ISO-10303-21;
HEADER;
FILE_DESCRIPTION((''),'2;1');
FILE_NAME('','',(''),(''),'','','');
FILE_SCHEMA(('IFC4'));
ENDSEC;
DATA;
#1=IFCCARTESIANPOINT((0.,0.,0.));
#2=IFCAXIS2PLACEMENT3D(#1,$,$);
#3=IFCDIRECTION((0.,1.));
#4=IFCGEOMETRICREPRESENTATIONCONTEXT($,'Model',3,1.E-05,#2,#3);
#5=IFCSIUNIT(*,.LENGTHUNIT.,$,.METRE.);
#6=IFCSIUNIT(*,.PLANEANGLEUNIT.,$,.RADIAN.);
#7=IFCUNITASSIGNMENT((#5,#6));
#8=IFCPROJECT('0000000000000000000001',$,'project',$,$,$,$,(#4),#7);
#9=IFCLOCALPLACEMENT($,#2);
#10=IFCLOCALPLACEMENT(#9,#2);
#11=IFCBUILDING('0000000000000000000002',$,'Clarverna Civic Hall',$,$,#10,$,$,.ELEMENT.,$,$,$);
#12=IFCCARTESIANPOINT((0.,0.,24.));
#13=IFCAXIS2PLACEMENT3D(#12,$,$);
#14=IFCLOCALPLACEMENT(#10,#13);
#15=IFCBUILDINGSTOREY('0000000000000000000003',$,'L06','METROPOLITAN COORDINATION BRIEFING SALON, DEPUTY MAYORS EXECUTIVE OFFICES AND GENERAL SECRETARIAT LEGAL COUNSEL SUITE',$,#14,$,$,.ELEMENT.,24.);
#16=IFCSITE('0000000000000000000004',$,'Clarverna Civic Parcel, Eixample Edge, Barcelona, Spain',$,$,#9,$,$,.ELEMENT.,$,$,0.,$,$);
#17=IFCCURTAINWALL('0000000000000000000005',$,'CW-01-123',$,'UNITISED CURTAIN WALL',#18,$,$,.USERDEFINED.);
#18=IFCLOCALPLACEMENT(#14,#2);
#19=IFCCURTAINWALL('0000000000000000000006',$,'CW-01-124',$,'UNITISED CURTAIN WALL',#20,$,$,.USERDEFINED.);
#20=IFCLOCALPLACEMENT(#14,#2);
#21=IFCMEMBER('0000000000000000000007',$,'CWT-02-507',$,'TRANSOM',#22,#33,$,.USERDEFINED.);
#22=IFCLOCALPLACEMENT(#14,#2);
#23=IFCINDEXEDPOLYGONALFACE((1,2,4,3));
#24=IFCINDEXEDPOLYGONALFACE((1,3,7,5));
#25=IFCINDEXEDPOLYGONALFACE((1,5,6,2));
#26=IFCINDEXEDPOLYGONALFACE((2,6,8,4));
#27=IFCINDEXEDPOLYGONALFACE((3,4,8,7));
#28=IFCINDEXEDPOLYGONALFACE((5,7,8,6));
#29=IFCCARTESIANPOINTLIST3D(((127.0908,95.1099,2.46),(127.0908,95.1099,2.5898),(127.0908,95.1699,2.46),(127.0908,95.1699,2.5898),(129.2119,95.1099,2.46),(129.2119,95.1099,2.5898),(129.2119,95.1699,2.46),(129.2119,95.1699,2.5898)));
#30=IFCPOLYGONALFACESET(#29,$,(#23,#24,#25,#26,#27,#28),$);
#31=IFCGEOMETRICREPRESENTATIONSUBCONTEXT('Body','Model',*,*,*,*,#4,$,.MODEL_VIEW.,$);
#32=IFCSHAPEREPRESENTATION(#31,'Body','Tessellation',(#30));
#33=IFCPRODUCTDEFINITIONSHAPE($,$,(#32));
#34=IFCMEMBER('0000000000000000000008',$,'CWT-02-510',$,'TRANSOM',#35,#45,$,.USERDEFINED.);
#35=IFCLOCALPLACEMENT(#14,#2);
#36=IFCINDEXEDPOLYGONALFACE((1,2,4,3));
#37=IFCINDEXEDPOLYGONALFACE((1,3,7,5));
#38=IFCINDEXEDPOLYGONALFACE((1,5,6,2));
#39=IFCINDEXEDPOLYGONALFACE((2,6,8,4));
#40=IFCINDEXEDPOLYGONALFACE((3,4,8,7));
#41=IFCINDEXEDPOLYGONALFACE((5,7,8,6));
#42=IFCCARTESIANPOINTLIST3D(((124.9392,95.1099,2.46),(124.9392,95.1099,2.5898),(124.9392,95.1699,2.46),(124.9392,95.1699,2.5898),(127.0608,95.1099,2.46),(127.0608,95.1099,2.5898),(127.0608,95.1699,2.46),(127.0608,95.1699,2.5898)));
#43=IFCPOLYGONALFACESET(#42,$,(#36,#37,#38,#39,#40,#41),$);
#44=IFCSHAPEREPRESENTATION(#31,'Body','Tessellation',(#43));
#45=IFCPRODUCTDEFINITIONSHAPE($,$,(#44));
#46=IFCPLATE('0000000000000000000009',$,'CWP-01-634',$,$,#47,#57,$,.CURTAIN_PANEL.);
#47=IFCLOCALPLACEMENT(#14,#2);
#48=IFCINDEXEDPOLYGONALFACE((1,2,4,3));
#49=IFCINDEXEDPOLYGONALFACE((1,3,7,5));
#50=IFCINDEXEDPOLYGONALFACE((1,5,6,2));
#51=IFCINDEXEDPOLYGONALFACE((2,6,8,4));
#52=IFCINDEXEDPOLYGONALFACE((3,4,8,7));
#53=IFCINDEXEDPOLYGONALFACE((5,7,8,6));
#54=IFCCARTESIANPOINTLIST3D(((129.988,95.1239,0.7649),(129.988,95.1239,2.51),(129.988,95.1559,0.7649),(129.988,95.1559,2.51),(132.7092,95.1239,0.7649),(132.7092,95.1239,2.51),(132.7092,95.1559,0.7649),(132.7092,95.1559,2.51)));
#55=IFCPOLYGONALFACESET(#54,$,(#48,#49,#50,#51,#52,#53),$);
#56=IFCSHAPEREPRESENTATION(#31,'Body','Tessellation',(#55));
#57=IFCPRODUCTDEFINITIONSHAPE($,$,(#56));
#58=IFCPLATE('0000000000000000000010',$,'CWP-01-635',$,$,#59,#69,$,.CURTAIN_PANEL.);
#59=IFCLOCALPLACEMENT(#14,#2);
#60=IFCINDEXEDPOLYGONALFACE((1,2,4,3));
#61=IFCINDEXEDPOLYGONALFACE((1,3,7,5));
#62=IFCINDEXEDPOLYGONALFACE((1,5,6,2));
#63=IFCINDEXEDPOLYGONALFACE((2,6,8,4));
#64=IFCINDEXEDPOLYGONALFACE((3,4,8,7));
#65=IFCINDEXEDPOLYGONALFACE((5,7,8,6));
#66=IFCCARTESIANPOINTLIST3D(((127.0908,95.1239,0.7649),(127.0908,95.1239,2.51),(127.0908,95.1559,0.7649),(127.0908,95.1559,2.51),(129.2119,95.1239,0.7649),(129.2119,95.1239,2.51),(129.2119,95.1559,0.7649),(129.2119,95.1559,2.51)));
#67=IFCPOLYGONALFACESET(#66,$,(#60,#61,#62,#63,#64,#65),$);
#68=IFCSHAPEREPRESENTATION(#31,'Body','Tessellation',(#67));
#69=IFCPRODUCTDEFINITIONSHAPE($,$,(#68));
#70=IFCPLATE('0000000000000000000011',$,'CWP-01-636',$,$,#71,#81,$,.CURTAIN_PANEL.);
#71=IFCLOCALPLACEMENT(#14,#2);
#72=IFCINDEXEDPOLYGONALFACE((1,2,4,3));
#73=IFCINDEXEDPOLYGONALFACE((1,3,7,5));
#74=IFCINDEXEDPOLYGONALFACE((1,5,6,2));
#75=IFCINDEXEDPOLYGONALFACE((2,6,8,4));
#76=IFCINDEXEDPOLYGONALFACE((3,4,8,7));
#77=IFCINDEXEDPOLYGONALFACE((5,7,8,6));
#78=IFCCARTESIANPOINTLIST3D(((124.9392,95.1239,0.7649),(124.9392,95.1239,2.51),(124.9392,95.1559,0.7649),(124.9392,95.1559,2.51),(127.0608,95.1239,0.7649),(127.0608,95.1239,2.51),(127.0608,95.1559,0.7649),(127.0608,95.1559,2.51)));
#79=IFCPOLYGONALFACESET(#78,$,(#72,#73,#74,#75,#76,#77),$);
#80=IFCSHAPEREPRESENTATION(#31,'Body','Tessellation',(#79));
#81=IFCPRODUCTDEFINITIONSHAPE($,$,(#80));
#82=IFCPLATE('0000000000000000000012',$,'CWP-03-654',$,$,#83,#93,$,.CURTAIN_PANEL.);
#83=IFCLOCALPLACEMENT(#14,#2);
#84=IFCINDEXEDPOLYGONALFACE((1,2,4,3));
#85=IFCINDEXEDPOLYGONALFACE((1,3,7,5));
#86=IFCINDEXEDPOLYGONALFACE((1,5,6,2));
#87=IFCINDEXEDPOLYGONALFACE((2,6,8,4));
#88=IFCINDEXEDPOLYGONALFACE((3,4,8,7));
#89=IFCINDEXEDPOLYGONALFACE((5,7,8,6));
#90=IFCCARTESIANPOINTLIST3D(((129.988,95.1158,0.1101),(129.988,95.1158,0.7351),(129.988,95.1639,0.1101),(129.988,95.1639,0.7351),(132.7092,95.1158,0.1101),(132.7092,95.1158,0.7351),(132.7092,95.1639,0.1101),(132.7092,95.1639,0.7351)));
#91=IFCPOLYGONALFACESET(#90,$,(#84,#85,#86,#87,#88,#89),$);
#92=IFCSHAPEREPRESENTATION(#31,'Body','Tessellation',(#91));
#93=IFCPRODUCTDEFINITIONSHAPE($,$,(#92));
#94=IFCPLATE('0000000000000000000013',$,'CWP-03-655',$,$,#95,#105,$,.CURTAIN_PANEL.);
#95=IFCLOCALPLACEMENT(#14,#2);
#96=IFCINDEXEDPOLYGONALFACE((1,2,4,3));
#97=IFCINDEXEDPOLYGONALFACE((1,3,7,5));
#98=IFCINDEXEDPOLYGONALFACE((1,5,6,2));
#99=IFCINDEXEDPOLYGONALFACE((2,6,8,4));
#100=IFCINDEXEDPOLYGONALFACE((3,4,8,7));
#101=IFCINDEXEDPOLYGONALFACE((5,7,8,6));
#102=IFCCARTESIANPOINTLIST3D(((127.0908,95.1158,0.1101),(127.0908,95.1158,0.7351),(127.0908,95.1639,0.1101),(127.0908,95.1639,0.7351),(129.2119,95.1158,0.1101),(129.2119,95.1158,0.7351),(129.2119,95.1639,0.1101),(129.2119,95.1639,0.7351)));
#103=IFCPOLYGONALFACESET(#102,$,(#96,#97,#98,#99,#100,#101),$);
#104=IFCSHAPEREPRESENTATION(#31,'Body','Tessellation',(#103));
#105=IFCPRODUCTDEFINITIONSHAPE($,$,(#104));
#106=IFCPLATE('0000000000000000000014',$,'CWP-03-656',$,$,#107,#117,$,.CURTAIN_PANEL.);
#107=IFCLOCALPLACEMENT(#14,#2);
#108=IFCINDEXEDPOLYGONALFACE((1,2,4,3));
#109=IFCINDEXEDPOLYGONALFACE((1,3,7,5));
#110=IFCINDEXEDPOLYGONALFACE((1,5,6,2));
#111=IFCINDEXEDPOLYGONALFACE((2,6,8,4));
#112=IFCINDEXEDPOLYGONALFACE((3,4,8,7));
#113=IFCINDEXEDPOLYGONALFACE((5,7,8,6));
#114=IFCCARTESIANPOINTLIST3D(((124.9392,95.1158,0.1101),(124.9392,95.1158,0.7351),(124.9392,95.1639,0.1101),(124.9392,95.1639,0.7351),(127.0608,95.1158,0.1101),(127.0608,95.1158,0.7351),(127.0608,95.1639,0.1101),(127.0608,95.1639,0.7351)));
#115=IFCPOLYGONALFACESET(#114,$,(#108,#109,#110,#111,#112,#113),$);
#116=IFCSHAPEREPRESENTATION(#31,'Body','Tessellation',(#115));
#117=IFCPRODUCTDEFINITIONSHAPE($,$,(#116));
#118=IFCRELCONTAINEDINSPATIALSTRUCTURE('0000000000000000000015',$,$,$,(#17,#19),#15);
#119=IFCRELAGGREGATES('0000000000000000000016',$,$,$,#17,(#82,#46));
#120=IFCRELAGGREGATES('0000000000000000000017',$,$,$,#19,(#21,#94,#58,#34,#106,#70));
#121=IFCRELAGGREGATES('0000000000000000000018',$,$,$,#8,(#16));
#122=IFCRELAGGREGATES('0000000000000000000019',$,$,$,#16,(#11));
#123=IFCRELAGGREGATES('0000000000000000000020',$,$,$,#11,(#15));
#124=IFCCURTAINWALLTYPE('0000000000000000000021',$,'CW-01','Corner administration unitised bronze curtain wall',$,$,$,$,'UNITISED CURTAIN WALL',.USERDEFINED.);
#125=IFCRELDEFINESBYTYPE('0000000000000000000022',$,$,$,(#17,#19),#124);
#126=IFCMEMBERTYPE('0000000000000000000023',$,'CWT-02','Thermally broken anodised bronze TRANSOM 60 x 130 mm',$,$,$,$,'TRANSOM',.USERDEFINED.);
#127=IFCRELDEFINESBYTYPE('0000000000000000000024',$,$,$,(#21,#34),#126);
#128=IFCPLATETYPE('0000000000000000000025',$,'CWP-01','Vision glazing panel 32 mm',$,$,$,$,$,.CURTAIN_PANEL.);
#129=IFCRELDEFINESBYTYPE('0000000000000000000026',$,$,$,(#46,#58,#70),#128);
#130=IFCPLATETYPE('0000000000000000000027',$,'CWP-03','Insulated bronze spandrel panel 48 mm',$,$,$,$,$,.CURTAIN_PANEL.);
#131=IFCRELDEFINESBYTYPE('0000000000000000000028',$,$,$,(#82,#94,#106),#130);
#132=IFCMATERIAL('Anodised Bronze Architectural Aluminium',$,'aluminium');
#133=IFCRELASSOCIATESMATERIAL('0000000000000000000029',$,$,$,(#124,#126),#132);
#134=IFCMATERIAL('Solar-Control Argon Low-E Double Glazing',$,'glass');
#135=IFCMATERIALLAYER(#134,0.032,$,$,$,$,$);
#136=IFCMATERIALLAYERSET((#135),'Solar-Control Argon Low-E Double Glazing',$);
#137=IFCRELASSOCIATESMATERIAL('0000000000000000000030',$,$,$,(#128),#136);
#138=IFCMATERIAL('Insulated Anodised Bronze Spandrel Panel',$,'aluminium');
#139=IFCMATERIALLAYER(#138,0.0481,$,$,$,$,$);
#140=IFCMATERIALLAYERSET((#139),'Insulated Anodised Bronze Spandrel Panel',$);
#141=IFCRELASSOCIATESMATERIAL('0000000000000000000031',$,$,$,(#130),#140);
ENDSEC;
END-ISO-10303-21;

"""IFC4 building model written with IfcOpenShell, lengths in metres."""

from ifc_helpers import new_model, si_unit, direction, frame, frame_2d, origin, origin_2d, place, context, subcontext, project, spatial, rectangle, extrude, material, layer, layer_set, material_profile, profile_set, type_object, element, aggregate, save


model = new_model("IFC4")

# Units and contexts
model_context = context("Model", 3, precision=1e-05, world=origin(), true_north=direction((0.0, 1.0)))
body_context = subcontext(model_context, "Body", "Model", "MODEL_VIEW")
ifc_project = project(units=[si_unit("LENGTHUNIT", "METRE"), si_unit("PLANEANGLEUNIT", "RADIAN")], contexts=[model_context])

# Site, building, storey
site_placement = place(None, origin())
site = spatial("IfcSite", under=ifc_project, at=site_placement, Name="Clarverna Civic Parcel, Eixample Edge, Barcelona, Spain", CompositionType="ELEMENT", RefElevation=0.0)
building_placement = place(site_placement, origin())
building = spatial("IfcBuilding", under=site, at=building_placement, Name="Clarverna Civic Hall", CompositionType="ELEMENT")
storey_placement = place(building_placement, frame((0.0, 0.0, 24.0)))
storey = spatial("IfcBuildingStorey", under=building, at=storey_placement, Name="L06", Description="METROPOLITAN COORDINATION BRIEFING SALON, DEPUTY MAYORS EXECUTIVE OFFICES AND GENERAL SECRETARIAT LEGAL COUNSEL SUITE", CompositionType="ELEMENT", Elevation=24.0)

# Curtain walls
ifc_material_1 = material(Name="Anodised Bronze Architectural Aluminium", Category="aluminium")
curtain_wall_type = type_object("IfcCurtainWallType", Name="CW-01", Description="Corner administration unitised bronze curtain wall", ElementType="UNITISED CURTAIN WALL", PredefinedType="USERDEFINED", material=ifc_material_1)
curtain_wall_1_placement = place(storey_placement, origin())
curtain_wall_1 = element("IfcCurtainWall", 1, at=curtain_wall_1_placement, inside=storey, type_object=curtain_wall_type, Name="CW-01-123", ObjectType="UNITISED CURTAIN WALL", PredefinedType="USERDEFINED")
curtain_wall_2_placement = place(storey_placement, origin())
curtain_wall_2 = element("IfcCurtainWall", 2, at=curtain_wall_2_placement, inside=storey, type_object=curtain_wall_type, Name="CW-01-124", ObjectType="UNITISED CURTAIN WALL", PredefinedType="USERDEFINED")

# Members
ifc_material_profile_1 = material_profile(ifc_material_1, rectangle(XDim=0.0601, YDim=0.1299, at=origin_2d()), Name="BRONZE 60x130")
ifc_profile_set_1 = profile_set([ifc_material_profile_1], Name="Anodised Bronze Architectural Aluminium")
member_type_1 = type_object("IfcMemberType", Name="CWT-02", Description="Thermally broken anodised bronze TRANSOM 60 x 130 mm", ElementType="TRANSOM", PredefinedType="USERDEFINED", material=ifc_profile_set_1)
member_1_placement = place(storey_placement, frame((129.2119, 95.1399, 2.5249), z_axis=(-1.0, 0.0, 0.0), x_axis=(0.0, -1.0, 0.0)))
member_1 = element("IfcMember", 3, at=member_1_placement, type_object=member_type_1, Name="CWT-02-507", ObjectType="TRANSOM", PredefinedType="USERDEFINED", context=body_context, shape_type="SweptSolid", body=[
    extrude(rectangle(XDim=0.0601, YDim=0.1299, at=origin_2d()), origin(), (0.0, 0.0, 1.0), 2.1211),
])
member_2_placement = place(storey_placement, frame((127.0608, 95.1399, 2.5249), z_axis=(-1.0, 0.0, 0.0), x_axis=(0.0, -1.0, 0.0)))
member_2 = element("IfcMember", 4, at=member_2_placement, type_object=member_type_1, Name="CWT-02-510", ObjectType="TRANSOM", PredefinedType="USERDEFINED", context=body_context, shape_type="SweptSolid", body=[
    extrude(rectangle(XDim=0.0601, YDim=0.1299, at=origin_2d()), origin(), (0.0, 0.0, 1.0), 2.1216),
])

# Plates
ifc_material_2 = material(Name="Solar-Control Argon Low-E Double Glazing", Category="glass")
ifc_layer_1 = layer(ifc_material_2, 0.032)
ifc_layer_set_1 = layer_set([ifc_layer_1], Name="Solar-Control Argon Low-E Double Glazing")
plate_type_1 = type_object("IfcPlateType", Name="CWP-01", Description="Vision glazing panel 32 mm", PredefinedType="CURTAIN_PANEL", material=ifc_layer_set_1)
plate_1_placement = place(storey_placement, frame((132.7092, 95.1399, 0.7649), z_axis=(0.0, 0.0, 1.0), x_axis=(-1.0, 0.0, 0.0)))
plate_1 = element("IfcPlate", 5, at=plate_1_placement, type_object=plate_type_1, Name="CWP-01-634", PredefinedType="CURTAIN_PANEL", context=body_context, shape_type="SweptSolid", body=[
    extrude(rectangle(XDim=2.7212, YDim=0.032, at=frame_2d((1.3606, 0.0))), origin(), (0.0, 0.0, 1.0), 1.7451),
])
plate_2_placement = place(storey_placement, frame((129.2119, 95.1399, 0.7649), z_axis=(0.0, 0.0, 1.0), x_axis=(-1.0, 0.0, 0.0)))
plate_2 = element("IfcPlate", 6, at=plate_2_placement, type_object=plate_type_1, Name="CWP-01-635", PredefinedType="CURTAIN_PANEL", context=body_context, shape_type="SweptSolid", body=[
    extrude(rectangle(XDim=2.1211, YDim=0.032, at=frame_2d((1.0605, 0.0))), origin(), (0.0, 0.0, 1.0), 1.7451),
])
plate_3_placement = place(storey_placement, frame((127.0608, 95.1399, 0.7649), z_axis=(0.0, 0.0, 1.0), x_axis=(-1.0, 0.0, 0.0)))
plate_3 = element("IfcPlate", 7, at=plate_3_placement, type_object=plate_type_1, Name="CWP-01-636", PredefinedType="CURTAIN_PANEL", context=body_context, shape_type="SweptSolid", body=[
    extrude(rectangle(XDim=2.1216, YDim=0.032, at=frame_2d((1.0608, 0.0))), origin(), (0.0, 0.0, 1.0), 1.7451),
])
ifc_material_3 = material(Name="Insulated Anodised Bronze Spandrel Panel", Category="aluminium")
ifc_layer_2 = layer(ifc_material_3, 0.0481)
ifc_layer_set_2 = layer_set([ifc_layer_2], Name="Insulated Anodised Bronze Spandrel Panel")
plate_type_2 = type_object("IfcPlateType", Name="CWP-03", Description="Insulated bronze spandrel panel 48 mm", PredefinedType="CURTAIN_PANEL", material=ifc_layer_set_2)
plate_4_placement = place(storey_placement, frame((132.7092, 95.1399, 0.1101), z_axis=(0.0, 0.0, 1.0), x_axis=(-1.0, 0.0, 0.0)))
plate_4 = element("IfcPlate", 8, at=plate_4_placement, type_object=plate_type_2, Name="CWP-03-654", PredefinedType="CURTAIN_PANEL", context=body_context, shape_type="SweptSolid", body=[
    extrude(rectangle(XDim=2.7212, YDim=0.0481, at=frame_2d((1.3606, 0.0))), origin(), (0.0, 0.0, 1.0), 0.625),
])
aggregate(curtain_wall_1, [plate_4, plate_1])
plate_5_placement = place(storey_placement, frame((129.2119, 95.1399, 0.1101), z_axis=(0.0, 0.0, 1.0), x_axis=(-1.0, 0.0, 0.0)))
plate_5 = element("IfcPlate", 9, at=plate_5_placement, type_object=plate_type_2, Name="CWP-03-655", PredefinedType="CURTAIN_PANEL", context=body_context, shape_type="SweptSolid", body=[
    extrude(rectangle(XDim=2.1211, YDim=0.0481, at=frame_2d((1.0605, 0.0))), origin(), (0.0, 0.0, 1.0), 0.625),
])
plate_6_placement = place(storey_placement, frame((127.0608, 95.1399, 0.1101), z_axis=(0.0, 0.0, 1.0), x_axis=(-1.0, 0.0, 0.0)))
plate_6 = element("IfcPlate", 10, at=plate_6_placement, type_object=plate_type_2, Name="CWP-03-656", PredefinedType="CURTAIN_PANEL", context=body_context, shape_type="SweptSolid", body=[
    extrude(rectangle(XDim=2.1216, YDim=0.0481, at=frame_2d((1.0608, 0.0))), origin(), (0.0, 0.0, 1.0), 0.625),
])
aggregate(curtain_wall_2, [member_1, plate_5, plate_2, member_2, plate_6, plate_3])

save(model, "model.ifc")
